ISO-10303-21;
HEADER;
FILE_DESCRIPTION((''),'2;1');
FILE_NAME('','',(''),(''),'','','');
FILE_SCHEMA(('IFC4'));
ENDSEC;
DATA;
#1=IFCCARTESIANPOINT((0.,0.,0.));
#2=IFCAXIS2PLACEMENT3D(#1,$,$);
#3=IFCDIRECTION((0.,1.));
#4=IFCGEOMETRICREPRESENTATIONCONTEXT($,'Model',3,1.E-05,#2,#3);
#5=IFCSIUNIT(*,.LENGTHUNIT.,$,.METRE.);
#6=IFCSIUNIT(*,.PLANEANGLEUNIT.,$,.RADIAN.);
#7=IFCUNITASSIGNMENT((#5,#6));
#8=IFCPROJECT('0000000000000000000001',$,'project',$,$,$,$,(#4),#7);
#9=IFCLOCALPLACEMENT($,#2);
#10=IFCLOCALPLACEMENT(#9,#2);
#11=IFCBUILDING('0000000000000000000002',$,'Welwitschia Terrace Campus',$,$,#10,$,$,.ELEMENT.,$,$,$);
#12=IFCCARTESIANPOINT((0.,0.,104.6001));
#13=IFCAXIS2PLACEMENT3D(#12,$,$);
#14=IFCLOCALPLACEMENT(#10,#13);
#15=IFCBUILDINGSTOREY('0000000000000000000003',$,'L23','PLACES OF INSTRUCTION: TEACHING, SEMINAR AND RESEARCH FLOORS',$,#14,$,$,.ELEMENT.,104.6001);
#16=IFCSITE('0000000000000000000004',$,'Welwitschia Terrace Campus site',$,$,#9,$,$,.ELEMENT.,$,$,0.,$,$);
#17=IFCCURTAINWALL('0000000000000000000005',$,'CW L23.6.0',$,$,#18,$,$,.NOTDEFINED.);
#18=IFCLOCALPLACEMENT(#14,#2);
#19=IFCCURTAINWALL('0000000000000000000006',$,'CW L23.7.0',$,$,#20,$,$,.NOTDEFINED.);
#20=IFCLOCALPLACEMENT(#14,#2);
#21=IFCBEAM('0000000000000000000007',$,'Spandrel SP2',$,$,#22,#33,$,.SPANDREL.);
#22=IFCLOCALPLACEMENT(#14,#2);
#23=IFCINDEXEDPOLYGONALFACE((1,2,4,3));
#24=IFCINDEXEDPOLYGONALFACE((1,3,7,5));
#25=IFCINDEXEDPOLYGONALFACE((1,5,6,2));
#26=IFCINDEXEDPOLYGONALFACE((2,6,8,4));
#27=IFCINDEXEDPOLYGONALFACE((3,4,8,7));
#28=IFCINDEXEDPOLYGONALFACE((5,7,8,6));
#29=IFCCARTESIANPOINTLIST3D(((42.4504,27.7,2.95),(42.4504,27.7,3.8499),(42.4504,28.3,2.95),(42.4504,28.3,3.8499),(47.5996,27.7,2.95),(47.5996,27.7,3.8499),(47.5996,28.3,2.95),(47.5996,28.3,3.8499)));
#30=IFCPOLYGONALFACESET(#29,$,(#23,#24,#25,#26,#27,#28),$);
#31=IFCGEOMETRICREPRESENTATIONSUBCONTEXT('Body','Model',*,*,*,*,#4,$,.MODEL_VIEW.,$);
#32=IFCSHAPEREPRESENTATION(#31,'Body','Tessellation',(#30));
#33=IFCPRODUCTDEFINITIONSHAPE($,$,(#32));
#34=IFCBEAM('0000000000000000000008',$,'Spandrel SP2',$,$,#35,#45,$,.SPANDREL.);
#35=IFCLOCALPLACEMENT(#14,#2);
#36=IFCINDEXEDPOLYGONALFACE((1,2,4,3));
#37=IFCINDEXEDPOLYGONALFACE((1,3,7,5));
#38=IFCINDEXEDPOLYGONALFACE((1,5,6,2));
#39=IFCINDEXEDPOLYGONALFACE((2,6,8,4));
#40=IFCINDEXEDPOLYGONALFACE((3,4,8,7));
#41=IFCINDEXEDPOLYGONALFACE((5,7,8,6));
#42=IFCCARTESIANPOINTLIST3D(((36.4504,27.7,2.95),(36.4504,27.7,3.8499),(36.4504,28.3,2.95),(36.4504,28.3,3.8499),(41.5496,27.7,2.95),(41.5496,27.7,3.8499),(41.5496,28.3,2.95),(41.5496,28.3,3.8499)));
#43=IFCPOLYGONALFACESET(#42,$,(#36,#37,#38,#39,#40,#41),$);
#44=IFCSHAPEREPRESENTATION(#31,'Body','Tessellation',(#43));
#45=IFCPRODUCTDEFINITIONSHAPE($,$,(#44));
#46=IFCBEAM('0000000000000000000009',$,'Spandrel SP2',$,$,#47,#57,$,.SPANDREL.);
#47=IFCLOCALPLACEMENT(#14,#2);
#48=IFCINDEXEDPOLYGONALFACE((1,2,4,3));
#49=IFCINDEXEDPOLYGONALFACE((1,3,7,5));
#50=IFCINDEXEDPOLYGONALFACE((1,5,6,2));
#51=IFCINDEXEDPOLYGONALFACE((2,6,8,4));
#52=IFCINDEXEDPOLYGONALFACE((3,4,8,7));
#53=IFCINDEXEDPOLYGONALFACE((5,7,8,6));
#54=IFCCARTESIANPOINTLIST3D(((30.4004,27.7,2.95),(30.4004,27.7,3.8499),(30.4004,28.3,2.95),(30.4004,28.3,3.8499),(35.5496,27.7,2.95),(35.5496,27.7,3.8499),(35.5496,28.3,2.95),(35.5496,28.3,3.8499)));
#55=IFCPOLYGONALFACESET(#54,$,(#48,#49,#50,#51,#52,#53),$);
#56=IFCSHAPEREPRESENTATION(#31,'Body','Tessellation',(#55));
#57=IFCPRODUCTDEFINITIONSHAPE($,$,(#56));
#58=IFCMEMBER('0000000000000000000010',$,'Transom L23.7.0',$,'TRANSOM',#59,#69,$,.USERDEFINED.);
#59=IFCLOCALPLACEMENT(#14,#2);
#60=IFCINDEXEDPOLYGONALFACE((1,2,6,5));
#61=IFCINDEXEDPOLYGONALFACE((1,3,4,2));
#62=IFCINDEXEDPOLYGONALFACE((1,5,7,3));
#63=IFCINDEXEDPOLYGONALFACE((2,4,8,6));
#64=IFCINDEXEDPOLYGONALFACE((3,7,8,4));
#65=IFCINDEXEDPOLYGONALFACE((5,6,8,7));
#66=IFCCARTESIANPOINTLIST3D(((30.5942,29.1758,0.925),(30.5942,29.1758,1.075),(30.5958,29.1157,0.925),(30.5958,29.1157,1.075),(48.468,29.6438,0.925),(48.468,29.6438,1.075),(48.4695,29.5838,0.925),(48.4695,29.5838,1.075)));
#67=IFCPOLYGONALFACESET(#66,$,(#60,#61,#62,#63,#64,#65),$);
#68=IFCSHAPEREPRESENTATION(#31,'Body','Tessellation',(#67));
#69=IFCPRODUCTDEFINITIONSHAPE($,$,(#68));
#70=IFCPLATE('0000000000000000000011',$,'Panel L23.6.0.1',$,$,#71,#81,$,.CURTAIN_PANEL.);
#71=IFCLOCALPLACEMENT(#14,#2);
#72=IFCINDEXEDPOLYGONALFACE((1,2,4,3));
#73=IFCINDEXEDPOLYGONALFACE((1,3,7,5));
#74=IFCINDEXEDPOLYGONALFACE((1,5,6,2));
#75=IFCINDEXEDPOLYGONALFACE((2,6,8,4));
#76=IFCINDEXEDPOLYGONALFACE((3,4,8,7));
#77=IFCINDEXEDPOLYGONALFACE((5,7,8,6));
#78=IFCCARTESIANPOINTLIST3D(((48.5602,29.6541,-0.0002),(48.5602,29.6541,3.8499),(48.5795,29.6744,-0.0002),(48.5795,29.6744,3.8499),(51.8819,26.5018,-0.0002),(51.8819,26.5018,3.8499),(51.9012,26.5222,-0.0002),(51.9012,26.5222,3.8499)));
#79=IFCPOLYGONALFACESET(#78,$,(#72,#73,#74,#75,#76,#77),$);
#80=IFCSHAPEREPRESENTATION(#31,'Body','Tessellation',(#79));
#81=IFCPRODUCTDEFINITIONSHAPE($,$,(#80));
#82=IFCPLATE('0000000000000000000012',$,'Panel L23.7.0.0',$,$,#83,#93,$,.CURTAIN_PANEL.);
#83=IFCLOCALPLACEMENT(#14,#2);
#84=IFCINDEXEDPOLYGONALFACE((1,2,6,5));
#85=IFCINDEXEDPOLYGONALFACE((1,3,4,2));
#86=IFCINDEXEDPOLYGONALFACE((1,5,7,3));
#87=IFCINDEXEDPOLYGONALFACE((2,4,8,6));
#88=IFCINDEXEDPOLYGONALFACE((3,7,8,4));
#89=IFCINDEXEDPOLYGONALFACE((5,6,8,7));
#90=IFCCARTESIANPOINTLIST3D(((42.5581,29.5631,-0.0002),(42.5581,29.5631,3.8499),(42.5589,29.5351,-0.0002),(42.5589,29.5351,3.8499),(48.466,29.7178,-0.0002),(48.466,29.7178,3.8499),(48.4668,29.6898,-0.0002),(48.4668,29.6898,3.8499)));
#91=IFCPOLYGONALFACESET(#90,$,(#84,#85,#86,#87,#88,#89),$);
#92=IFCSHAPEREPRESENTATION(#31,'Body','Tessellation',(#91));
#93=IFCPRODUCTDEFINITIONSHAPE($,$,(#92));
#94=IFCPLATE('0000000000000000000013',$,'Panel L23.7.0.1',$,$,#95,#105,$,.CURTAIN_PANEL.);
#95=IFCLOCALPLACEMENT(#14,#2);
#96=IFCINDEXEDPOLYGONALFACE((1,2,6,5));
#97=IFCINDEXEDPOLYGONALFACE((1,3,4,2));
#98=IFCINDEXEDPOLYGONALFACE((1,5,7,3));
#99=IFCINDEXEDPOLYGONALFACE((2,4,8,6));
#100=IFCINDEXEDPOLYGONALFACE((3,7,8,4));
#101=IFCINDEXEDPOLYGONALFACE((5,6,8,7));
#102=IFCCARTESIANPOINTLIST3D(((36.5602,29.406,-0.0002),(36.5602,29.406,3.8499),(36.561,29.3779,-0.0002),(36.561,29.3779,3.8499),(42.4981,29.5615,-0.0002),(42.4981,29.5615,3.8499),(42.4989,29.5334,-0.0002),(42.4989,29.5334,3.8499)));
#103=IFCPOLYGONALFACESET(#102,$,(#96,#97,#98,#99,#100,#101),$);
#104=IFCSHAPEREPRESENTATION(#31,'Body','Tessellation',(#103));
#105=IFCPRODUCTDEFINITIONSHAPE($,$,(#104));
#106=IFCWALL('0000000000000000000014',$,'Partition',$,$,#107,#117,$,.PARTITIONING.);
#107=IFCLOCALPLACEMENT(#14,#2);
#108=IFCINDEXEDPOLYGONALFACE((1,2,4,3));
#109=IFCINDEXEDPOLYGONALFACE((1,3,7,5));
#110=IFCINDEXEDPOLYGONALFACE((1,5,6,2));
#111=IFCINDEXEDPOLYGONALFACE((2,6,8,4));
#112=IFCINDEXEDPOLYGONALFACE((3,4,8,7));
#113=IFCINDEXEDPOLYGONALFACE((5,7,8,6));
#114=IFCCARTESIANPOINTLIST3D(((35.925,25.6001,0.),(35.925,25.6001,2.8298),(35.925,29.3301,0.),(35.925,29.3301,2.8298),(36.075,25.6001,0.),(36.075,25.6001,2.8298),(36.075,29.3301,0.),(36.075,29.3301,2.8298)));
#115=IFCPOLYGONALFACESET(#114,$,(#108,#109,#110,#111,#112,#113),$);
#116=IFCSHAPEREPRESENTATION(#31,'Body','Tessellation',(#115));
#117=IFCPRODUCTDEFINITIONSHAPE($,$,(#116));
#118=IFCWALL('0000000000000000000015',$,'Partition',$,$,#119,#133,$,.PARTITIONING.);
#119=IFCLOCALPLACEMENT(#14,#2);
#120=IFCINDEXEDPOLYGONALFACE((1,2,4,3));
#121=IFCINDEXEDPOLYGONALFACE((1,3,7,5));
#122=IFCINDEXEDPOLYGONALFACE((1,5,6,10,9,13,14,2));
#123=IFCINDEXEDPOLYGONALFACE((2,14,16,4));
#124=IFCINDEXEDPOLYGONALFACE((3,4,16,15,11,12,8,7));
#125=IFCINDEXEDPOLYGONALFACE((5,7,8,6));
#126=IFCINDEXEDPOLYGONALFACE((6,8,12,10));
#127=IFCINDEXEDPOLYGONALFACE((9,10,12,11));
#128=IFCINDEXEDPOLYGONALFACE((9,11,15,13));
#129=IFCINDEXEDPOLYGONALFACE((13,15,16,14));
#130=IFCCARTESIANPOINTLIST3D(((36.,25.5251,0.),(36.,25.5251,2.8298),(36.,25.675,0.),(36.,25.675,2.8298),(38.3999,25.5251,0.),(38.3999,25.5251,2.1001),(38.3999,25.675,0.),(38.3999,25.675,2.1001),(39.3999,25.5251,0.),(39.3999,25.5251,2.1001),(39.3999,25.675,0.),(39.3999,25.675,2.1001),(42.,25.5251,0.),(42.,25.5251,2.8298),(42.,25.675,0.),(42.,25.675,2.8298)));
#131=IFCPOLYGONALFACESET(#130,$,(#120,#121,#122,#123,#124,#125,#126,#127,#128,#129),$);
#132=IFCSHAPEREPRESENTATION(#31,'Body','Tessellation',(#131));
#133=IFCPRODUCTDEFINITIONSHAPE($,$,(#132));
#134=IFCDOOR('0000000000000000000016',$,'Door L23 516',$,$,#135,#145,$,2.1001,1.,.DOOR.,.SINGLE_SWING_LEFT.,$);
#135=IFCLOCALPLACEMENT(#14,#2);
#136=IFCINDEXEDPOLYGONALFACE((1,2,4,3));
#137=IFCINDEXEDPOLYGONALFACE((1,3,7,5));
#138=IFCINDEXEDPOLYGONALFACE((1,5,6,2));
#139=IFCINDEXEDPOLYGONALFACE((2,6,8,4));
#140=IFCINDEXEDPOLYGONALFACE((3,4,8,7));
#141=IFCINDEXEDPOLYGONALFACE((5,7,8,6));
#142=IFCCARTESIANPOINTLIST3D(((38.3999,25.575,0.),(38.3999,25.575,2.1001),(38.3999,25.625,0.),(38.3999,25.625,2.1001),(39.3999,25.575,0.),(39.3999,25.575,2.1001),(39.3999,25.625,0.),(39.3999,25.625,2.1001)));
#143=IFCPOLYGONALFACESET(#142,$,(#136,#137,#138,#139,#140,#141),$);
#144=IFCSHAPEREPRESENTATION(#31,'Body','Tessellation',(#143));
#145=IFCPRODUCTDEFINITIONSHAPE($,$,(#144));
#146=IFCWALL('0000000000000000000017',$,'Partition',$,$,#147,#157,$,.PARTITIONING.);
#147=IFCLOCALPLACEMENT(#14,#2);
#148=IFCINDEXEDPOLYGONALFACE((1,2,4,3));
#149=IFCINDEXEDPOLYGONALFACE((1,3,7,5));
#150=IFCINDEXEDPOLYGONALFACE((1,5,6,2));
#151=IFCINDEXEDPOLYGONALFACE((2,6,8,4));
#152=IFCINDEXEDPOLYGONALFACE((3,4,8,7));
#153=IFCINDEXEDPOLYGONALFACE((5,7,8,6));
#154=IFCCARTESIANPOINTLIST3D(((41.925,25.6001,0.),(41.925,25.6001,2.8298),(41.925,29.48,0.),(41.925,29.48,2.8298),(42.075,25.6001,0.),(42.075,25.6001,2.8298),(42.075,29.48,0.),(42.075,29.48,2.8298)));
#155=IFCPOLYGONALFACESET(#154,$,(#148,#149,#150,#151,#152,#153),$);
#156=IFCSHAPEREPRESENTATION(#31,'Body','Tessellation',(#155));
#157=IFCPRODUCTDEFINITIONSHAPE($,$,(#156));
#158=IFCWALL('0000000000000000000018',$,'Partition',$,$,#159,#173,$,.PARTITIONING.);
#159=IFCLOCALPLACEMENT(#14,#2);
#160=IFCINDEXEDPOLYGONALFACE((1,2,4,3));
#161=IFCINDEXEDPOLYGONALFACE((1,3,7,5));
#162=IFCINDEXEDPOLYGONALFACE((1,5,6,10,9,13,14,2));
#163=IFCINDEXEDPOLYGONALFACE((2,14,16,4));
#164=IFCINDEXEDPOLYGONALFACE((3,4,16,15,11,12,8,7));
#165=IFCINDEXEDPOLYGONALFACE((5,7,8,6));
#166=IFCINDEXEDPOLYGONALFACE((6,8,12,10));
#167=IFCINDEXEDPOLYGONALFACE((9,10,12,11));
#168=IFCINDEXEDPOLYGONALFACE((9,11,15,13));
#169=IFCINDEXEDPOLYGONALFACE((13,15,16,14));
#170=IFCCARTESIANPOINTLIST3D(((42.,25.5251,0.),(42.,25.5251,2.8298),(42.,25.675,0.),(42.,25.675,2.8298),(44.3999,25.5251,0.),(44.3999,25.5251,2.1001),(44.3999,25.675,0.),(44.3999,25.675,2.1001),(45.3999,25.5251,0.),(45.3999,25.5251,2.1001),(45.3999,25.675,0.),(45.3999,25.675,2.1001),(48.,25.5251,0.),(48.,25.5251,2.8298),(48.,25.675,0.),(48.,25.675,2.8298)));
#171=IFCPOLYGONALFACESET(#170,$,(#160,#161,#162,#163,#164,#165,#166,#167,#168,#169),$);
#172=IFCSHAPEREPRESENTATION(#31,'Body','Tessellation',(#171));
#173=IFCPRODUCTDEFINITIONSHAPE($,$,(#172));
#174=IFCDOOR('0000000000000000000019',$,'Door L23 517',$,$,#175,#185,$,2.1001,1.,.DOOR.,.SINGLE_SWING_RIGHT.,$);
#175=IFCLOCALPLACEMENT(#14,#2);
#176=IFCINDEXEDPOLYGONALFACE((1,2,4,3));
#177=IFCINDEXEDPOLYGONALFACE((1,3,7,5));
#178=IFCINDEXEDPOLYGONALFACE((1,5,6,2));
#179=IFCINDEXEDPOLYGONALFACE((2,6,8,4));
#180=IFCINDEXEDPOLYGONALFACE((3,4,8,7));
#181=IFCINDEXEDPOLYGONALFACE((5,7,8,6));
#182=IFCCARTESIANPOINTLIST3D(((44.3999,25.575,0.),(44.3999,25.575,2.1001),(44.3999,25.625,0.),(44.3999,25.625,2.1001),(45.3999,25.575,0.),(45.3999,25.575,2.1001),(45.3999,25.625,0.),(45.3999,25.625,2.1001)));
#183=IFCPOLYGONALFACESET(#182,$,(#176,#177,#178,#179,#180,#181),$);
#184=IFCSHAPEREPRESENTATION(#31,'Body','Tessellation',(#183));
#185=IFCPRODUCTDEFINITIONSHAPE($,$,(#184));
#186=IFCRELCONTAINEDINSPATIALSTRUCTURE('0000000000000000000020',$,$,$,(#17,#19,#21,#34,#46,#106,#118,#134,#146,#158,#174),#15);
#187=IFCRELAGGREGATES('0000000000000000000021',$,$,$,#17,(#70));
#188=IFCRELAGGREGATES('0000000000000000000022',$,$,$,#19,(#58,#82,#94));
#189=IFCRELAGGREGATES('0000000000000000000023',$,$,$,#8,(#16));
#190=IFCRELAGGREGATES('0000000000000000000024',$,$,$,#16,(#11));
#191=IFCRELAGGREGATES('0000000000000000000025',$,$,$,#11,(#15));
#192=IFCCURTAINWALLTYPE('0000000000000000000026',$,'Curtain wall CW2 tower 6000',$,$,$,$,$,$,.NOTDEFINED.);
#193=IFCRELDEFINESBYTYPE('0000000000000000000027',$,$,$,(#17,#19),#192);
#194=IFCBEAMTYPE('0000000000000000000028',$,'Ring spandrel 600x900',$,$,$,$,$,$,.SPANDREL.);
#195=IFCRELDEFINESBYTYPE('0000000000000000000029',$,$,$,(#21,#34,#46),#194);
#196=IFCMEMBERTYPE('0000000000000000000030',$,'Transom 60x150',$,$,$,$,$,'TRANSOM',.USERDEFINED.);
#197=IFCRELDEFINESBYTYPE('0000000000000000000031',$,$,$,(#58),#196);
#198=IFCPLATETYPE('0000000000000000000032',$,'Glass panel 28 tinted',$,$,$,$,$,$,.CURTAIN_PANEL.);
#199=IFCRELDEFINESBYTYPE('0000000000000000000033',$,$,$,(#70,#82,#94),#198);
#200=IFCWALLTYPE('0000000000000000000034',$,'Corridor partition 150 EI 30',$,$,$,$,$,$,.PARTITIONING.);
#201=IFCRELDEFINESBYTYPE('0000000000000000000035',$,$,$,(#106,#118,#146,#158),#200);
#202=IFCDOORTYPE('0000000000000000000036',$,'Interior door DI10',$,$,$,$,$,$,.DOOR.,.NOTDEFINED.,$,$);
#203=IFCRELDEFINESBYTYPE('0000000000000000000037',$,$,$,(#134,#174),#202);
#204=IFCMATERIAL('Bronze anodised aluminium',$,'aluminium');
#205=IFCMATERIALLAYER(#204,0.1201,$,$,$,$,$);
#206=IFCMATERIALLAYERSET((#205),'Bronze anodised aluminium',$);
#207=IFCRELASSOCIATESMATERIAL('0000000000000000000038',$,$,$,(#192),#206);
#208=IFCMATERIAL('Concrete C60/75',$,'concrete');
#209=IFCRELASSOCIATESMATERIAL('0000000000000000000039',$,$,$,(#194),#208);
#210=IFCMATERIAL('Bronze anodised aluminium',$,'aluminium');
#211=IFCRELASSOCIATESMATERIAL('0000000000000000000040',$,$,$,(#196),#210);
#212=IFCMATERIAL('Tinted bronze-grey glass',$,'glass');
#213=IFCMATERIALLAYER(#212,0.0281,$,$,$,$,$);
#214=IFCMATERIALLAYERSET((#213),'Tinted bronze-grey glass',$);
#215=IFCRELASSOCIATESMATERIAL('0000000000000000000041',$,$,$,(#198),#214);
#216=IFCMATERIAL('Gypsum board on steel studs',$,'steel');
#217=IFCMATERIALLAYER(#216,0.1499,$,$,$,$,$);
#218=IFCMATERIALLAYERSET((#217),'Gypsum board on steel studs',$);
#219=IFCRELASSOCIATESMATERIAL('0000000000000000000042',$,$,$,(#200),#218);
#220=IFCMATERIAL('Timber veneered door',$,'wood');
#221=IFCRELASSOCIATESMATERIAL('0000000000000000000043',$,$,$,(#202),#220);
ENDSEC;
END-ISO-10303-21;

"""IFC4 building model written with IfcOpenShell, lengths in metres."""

from ifc_helpers import new_model, si_unit, direction, frame, frame_2d, origin, origin_2d, place, context, subcontext, project, spatial, rectangle, extrude, material, layer, layer_set, material_profile, profile_set, type_object, element, fill, aggregate, save


model = new_model("IFC4")

# Units and contexts
model_context = context("Model", 3, precision=1e-05, world=origin(), true_north=direction((0.0, 1.0)))
body_context = subcontext(model_context, "Body", "Model", "MODEL_VIEW")
ifc_project = project(units=[si_unit("LENGTHUNIT", "METRE"), si_unit("PLANEANGLEUNIT", "RADIAN")], contexts=[model_context])

# Site, building, storey
site_placement = place(None, origin())
site = spatial("IfcSite", under=ifc_project, at=site_placement, Name="Welwitschia Terrace Campus site", CompositionType="ELEMENT", RefElevation=0.0)
building_placement = place(site_placement, origin())
building = spatial("IfcBuilding", under=site, at=building_placement, Name="Welwitschia Terrace Campus", CompositionType="ELEMENT")
storey_placement = place(building_placement, frame((0.0, 0.0, 104.6001)))
storey = spatial("IfcBuildingStorey", under=building, at=storey_placement, Name="L23", Description="PLACES OF INSTRUCTION: TEACHING, SEMINAR AND RESEARCH FLOORS", CompositionType="ELEMENT", Elevation=104.6001)

# Curtain walls
ifc_material_1 = material(Name="Bronze anodised aluminium", Category="aluminium")
ifc_layer_1 = layer(ifc_material_1, 0.1201)
ifc_layer_set_1 = layer_set([ifc_layer_1], Name="Bronze anodised aluminium")
curtain_wall_type = type_object("IfcCurtainWallType", Name="Curtain wall CW2 tower 6000", PredefinedType="NOTDEFINED", material=ifc_layer_set_1)
curtain_wall_1_placement = place(storey_placement, origin())
curtain_wall_1 = element("IfcCurtainWall", 1, at=curtain_wall_1_placement, inside=storey, type_object=curtain_wall_type, Name="CW L23.6.0", PredefinedType="NOTDEFINED")
curtain_wall_2_placement = place(storey_placement, origin())
curtain_wall_2 = element("IfcCurtainWall", 2, at=curtain_wall_2_placement, inside=storey, type_object=curtain_wall_type, Name="CW L23.7.0", PredefinedType="NOTDEFINED")

# Beams
ifc_material_2 = material(Name="Concrete C60/75", Category="concrete")
ifc_material_profile_1 = material_profile(ifc_material_2, rectangle(XDim=0.6001, YDim=0.8999, at=origin_2d()))
ifc_profile_set_1 = profile_set([ifc_material_profile_1], Name="Concrete C60/75")
beam_type_1 = type_object("IfcBeamType", Name="Ring spandrel 600x900", PredefinedType="SPANDREL", material=ifc_profile_set_1)
beam_1_placement = place(storey_placement, frame((47.5996, 28.0, 3.3999), z_axis=(-1.0, 0.0, 0.0), x_axis=(0.0, -1.0, 0.0)))
element("IfcBeam", 3, at=beam_1_placement, inside=storey, type_object=beam_type_1, Name="Spandrel SP2", PredefinedType="SPANDREL", context=body_context, shape_type="SweptSolid", body=[
    extrude(rectangle(XDim=0.6001, YDim=0.8999, at=origin_2d()), origin(), (0.0, 0.0, 1.0), 5.1492),
])
beam_2_placement = place(storey_placement, frame((41.5496, 28.0, 3.3999), z_axis=(-1.0, 0.0, 0.0), x_axis=(0.0, -1.0, 0.0)))
element("IfcBeam", 4, at=beam_2_placement, inside=storey, type_object=beam_type_1, Name="Spandrel SP2", PredefinedType="SPANDREL", context=body_context, shape_type="SweptSolid", body=[
    extrude(rectangle(XDim=0.6001, YDim=0.8999, at=origin_2d()), origin(), (0.0, 0.0, 1.0), 5.0991),
])
beam_3_placement = place(storey_placement, frame((35.5496, 28.0, 3.3999), z_axis=(-1.0, 0.0, 0.0), x_axis=(0.0, -1.0, 0.0)))
element("IfcBeam", 5, at=beam_3_placement, inside=storey, type_object=beam_type_1, Name="Spandrel SP2", PredefinedType="SPANDREL", context=body_context, shape_type="SweptSolid", body=[
    extrude(rectangle(XDim=0.6001, YDim=0.8999, at=origin_2d()), origin(), (0.0, 0.0, 1.0), 5.1492),
])

# Member
ifc_material_3 = material(Name="Bronze anodised aluminium", Category="aluminium")
ifc_material_profile_2 = material_profile(ifc_material_3, rectangle(XDim=0.0601, YDim=0.1499, at=origin_2d()))
ifc_profile_set_2 = profile_set([ifc_material_profile_2], Name="Bronze anodised aluminium")
member_type_1 = type_object("IfcMemberType", Name="Transom 60x150", ElementType="TRANSOM", PredefinedType="USERDEFINED", material=ifc_profile_set_2)
member_1_placement = place(storey_placement, frame((48.4688, 29.6138, 1.0), z_axis=(-0.999657, -0.026176, 0.0), x_axis=(0.026176, -0.999657, 0.0)))
member_1 = element("IfcMember", 6, at=member_1_placement, type_object=member_type_1, Name="Transom L23.7.0", ObjectType="TRANSOM", PredefinedType="USERDEFINED", context=body_context, shape_type="SweptSolid", body=[
    extrude(rectangle(XDim=0.0601, YDim=0.1499, at=origin_2d()), origin(), (0.0, 0.0, 1.0), 17.8799),
])

# Plates
ifc_material_4 = material(Name="Tinted bronze-grey glass", Category="glass")
ifc_layer_2 = layer(ifc_material_4, 0.0281)
ifc_layer_set_2 = layer_set([ifc_layer_2], Name="Tinted bronze-grey glass")
plate_type = type_object("IfcPlateType", Name="Glass panel 28 tinted", PredefinedType="CURTAIN_PANEL", material=ifc_layer_set_2)
plate_1_placement = place(storey_placement, frame((50.2307, 28.0881, -0.0002), z_axis=(0.0, 0.0, 1.0), x_axis=(-0.725374, 0.688355, 0.0)))
plate_1 = element("IfcPlate", 7, at=plate_1_placement, type_object=plate_type, Name="Panel L23.6.0.1", PredefinedType="CURTAIN_PANEL", context=body_context, shape_type="SweptSolid", body=[
    extrude(rectangle(XDim=4.5793, YDim=0.0281, at=origin_2d()), origin(), (0.0, 0.0, 1.0), 3.8501),
])
aggregate(curtain_wall_1, [plate_1])
plate_2_placement = place(storey_placement, frame((45.5125, 29.6265, -0.0002), z_axis=(0.0, 0.0, 1.0), x_axis=(-0.999657, -0.026177, 0.0)))
plate_2 = element("IfcPlate", 8, at=plate_2_placement, type_object=plate_type, Name="Panel L23.7.0.0", PredefinedType="CURTAIN_PANEL", context=body_context, shape_type="SweptSolid", body=[
    extrude(rectangle(XDim=5.9099, YDim=0.0281, at=origin_2d()), origin(), (0.0, 0.0, 1.0), 3.8501),
])
plate_3_placement = place(storey_placement, frame((39.5295, 29.4697, -0.0002), z_axis=(0.0, 0.0, 1.0), x_axis=(-0.999657, -0.026177, 0.0)))
plate_3 = element("IfcPlate", 9, at=plate_3_placement, type_object=plate_type, Name="Panel L23.7.0.1", PredefinedType="CURTAIN_PANEL", context=body_context, shape_type="SweptSolid", body=[
    extrude(rectangle(XDim=5.9399, YDim=0.0281, at=origin_2d()), origin(), (0.0, 0.0, 1.0), 3.8501),
])
aggregate(curtain_wall_2, [member_1, plate_2, plate_3])

# Wall
ifc_material_5 = material(Name="Gypsum board on steel studs", Category="steel")
ifc_layer_3 = layer(ifc_material_5, 0.1499)
ifc_layer_set_3 = layer_set([ifc_layer_3], Name="Gypsum board on steel studs")
wall_type = type_object("IfcWallType", Name="Corridor partition 150 EI 30", PredefinedType="PARTITIONING", material=ifc_layer_set_3)
wall_1_placement = place(storey_placement, frame((36.0, 25.6001, 0.0), z_axis=(0.0, 0.0, 1.0), x_axis=(0.0, 1.0, 0.0)))
element("IfcWall", 10, at=wall_1_placement, inside=storey, type_object=wall_type, Name="Partition", PredefinedType="PARTITIONING", context=body_context, shape_type="SweptSolid", body=[
    extrude(rectangle(XDim=3.73, YDim=0.1499, at=frame_2d((1.865, 0.0))), origin(), (0.0, 0.0, 1.0), 2.8298),
])

# Wall, opening, door
wall_2_placement = place(storey_placement, frame((36.0, 25.6001, 0.0), z_axis=(0.0, 0.0, 1.0), x_axis=(1.0, 0.0, 0.0)))
wall_2 = element("IfcWall", 11, at=wall_2_placement, inside=storey, type_object=wall_type, Name="Partition", PredefinedType="PARTITIONING", context=body_context, shape_type="SweptSolid", body=[
    extrude(rectangle(XDim=6.0, YDim=0.1499, at=frame_2d((3.0, 0.0))), origin(), (0.0, 0.0, 1.0), 2.8298),
])
opening_1_placement = place(wall_2_placement, frame((2.3999, 0.0, 0.0)))
opening_1 = element("IfcOpeningElement", 12, at=opening_1_placement, cuts=wall_2, PredefinedType="OPENING", context=body_context, shape_type="SweptSolid", body=[
    extrude(rectangle(XDim=1.0, YDim=2.1001, at=frame_2d((0.5, 1.05))), frame((0.0, 0.085, 0.0), z_axis=(0.0, -1.0, 0.0), x_axis=(1.0, 0.0, 0.0)), (0.0, 0.0, 1.0), 0.1699),
])
ifc_material_6 = material(Name="Timber veneered door", Category="wood")
door_type = type_object("IfcDoorType", Name="Interior door DI10", OperationType="NOTDEFINED", PredefinedType="DOOR", material=ifc_material_6)
door_1_placement = place(opening_1_placement, origin())
door_1 = element("IfcDoor", 13, at=door_1_placement, inside=storey, type_object=door_type, Name="Door L23 516", OperationType="SINGLE_SWING_LEFT", OverallHeight=2.1001, OverallWidth=1.0, PredefinedType="DOOR", context=body_context, shape_type="SweptSolid", body=[
    extrude(rectangle(XDim=1.0, YDim=2.1001, at=frame_2d((0.5, 1.05))), frame((0.0, 0.0249, 0.0), z_axis=(0.0, -1.0, 0.0), x_axis=(1.0, 0.0, 0.0)), (0.0, 0.0, 1.0), 0.05),
])
fill(opening_1, door_1)

# Wall
wall_3_placement = place(storey_placement, frame((42.0, 25.6001, 0.0), z_axis=(0.0, 0.0, 1.0), x_axis=(0.0, 1.0, 0.0)))
element("IfcWall", 14, at=wall_3_placement, inside=storey, type_object=wall_type, Name="Partition", PredefinedType="PARTITIONING", context=body_context, shape_type="SweptSolid", body=[
    extrude(rectangle(XDim=3.8799, YDim=0.1499, at=frame_2d((1.9399, 0.0))), origin(), (0.0, 0.0, 1.0), 2.8298),
])

# Wall, opening, door
wall_4_placement = place(storey_placement, frame((42.0, 25.6001, 0.0), z_axis=(0.0, 0.0, 1.0), x_axis=(1.0, 0.0, 0.0)))
wall_4 = element("IfcWall", 15, at=wall_4_placement, inside=storey, type_object=wall_type, Name="Partition", PredefinedType="PARTITIONING", context=body_context, shape_type="SweptSolid", body=[
    extrude(rectangle(XDim=6.0, YDim=0.1499, at=frame_2d((3.0, 0.0))), origin(), (0.0, 0.0, 1.0), 2.8298),
])
opening_2_placement = place(wall_4_placement, frame((2.3999, 0.0, 0.0)))
opening_2 = element("IfcOpeningElement", 16, at=opening_2_placement, cuts=wall_4, PredefinedType="OPENING", context=body_context, shape_type="SweptSolid", body=[
    extrude(rectangle(XDim=1.0, YDim=2.1001, at=frame_2d((0.5, 1.05))), frame((0.0, 0.085, 0.0), z_axis=(0.0, -1.0, 0.0), x_axis=(1.0, 0.0, 0.0)), (0.0, 0.0, 1.0), 0.1699),
])
door_2_placement = place(opening_2_placement, origin())
door_2 = element("IfcDoor", 17, at=door_2_placement, inside=storey, type_object=door_type, Name="Door L23 517", OperationType="SINGLE_SWING_RIGHT", OverallHeight=2.1001, OverallWidth=1.0, PredefinedType="DOOR", context=body_context, shape_type="SweptSolid", body=[
    extrude(rectangle(XDim=1.0, YDim=2.1001, at=frame_2d((0.5, 1.05))), frame((0.0, 0.0249, 0.0), z_axis=(0.0, -1.0, 0.0), x_axis=(1.0, 0.0, 0.0)), (0.0, 0.0, 1.0), 0.05),
])
fill(opening_2, door_2)

save(model, "model.ifc")
